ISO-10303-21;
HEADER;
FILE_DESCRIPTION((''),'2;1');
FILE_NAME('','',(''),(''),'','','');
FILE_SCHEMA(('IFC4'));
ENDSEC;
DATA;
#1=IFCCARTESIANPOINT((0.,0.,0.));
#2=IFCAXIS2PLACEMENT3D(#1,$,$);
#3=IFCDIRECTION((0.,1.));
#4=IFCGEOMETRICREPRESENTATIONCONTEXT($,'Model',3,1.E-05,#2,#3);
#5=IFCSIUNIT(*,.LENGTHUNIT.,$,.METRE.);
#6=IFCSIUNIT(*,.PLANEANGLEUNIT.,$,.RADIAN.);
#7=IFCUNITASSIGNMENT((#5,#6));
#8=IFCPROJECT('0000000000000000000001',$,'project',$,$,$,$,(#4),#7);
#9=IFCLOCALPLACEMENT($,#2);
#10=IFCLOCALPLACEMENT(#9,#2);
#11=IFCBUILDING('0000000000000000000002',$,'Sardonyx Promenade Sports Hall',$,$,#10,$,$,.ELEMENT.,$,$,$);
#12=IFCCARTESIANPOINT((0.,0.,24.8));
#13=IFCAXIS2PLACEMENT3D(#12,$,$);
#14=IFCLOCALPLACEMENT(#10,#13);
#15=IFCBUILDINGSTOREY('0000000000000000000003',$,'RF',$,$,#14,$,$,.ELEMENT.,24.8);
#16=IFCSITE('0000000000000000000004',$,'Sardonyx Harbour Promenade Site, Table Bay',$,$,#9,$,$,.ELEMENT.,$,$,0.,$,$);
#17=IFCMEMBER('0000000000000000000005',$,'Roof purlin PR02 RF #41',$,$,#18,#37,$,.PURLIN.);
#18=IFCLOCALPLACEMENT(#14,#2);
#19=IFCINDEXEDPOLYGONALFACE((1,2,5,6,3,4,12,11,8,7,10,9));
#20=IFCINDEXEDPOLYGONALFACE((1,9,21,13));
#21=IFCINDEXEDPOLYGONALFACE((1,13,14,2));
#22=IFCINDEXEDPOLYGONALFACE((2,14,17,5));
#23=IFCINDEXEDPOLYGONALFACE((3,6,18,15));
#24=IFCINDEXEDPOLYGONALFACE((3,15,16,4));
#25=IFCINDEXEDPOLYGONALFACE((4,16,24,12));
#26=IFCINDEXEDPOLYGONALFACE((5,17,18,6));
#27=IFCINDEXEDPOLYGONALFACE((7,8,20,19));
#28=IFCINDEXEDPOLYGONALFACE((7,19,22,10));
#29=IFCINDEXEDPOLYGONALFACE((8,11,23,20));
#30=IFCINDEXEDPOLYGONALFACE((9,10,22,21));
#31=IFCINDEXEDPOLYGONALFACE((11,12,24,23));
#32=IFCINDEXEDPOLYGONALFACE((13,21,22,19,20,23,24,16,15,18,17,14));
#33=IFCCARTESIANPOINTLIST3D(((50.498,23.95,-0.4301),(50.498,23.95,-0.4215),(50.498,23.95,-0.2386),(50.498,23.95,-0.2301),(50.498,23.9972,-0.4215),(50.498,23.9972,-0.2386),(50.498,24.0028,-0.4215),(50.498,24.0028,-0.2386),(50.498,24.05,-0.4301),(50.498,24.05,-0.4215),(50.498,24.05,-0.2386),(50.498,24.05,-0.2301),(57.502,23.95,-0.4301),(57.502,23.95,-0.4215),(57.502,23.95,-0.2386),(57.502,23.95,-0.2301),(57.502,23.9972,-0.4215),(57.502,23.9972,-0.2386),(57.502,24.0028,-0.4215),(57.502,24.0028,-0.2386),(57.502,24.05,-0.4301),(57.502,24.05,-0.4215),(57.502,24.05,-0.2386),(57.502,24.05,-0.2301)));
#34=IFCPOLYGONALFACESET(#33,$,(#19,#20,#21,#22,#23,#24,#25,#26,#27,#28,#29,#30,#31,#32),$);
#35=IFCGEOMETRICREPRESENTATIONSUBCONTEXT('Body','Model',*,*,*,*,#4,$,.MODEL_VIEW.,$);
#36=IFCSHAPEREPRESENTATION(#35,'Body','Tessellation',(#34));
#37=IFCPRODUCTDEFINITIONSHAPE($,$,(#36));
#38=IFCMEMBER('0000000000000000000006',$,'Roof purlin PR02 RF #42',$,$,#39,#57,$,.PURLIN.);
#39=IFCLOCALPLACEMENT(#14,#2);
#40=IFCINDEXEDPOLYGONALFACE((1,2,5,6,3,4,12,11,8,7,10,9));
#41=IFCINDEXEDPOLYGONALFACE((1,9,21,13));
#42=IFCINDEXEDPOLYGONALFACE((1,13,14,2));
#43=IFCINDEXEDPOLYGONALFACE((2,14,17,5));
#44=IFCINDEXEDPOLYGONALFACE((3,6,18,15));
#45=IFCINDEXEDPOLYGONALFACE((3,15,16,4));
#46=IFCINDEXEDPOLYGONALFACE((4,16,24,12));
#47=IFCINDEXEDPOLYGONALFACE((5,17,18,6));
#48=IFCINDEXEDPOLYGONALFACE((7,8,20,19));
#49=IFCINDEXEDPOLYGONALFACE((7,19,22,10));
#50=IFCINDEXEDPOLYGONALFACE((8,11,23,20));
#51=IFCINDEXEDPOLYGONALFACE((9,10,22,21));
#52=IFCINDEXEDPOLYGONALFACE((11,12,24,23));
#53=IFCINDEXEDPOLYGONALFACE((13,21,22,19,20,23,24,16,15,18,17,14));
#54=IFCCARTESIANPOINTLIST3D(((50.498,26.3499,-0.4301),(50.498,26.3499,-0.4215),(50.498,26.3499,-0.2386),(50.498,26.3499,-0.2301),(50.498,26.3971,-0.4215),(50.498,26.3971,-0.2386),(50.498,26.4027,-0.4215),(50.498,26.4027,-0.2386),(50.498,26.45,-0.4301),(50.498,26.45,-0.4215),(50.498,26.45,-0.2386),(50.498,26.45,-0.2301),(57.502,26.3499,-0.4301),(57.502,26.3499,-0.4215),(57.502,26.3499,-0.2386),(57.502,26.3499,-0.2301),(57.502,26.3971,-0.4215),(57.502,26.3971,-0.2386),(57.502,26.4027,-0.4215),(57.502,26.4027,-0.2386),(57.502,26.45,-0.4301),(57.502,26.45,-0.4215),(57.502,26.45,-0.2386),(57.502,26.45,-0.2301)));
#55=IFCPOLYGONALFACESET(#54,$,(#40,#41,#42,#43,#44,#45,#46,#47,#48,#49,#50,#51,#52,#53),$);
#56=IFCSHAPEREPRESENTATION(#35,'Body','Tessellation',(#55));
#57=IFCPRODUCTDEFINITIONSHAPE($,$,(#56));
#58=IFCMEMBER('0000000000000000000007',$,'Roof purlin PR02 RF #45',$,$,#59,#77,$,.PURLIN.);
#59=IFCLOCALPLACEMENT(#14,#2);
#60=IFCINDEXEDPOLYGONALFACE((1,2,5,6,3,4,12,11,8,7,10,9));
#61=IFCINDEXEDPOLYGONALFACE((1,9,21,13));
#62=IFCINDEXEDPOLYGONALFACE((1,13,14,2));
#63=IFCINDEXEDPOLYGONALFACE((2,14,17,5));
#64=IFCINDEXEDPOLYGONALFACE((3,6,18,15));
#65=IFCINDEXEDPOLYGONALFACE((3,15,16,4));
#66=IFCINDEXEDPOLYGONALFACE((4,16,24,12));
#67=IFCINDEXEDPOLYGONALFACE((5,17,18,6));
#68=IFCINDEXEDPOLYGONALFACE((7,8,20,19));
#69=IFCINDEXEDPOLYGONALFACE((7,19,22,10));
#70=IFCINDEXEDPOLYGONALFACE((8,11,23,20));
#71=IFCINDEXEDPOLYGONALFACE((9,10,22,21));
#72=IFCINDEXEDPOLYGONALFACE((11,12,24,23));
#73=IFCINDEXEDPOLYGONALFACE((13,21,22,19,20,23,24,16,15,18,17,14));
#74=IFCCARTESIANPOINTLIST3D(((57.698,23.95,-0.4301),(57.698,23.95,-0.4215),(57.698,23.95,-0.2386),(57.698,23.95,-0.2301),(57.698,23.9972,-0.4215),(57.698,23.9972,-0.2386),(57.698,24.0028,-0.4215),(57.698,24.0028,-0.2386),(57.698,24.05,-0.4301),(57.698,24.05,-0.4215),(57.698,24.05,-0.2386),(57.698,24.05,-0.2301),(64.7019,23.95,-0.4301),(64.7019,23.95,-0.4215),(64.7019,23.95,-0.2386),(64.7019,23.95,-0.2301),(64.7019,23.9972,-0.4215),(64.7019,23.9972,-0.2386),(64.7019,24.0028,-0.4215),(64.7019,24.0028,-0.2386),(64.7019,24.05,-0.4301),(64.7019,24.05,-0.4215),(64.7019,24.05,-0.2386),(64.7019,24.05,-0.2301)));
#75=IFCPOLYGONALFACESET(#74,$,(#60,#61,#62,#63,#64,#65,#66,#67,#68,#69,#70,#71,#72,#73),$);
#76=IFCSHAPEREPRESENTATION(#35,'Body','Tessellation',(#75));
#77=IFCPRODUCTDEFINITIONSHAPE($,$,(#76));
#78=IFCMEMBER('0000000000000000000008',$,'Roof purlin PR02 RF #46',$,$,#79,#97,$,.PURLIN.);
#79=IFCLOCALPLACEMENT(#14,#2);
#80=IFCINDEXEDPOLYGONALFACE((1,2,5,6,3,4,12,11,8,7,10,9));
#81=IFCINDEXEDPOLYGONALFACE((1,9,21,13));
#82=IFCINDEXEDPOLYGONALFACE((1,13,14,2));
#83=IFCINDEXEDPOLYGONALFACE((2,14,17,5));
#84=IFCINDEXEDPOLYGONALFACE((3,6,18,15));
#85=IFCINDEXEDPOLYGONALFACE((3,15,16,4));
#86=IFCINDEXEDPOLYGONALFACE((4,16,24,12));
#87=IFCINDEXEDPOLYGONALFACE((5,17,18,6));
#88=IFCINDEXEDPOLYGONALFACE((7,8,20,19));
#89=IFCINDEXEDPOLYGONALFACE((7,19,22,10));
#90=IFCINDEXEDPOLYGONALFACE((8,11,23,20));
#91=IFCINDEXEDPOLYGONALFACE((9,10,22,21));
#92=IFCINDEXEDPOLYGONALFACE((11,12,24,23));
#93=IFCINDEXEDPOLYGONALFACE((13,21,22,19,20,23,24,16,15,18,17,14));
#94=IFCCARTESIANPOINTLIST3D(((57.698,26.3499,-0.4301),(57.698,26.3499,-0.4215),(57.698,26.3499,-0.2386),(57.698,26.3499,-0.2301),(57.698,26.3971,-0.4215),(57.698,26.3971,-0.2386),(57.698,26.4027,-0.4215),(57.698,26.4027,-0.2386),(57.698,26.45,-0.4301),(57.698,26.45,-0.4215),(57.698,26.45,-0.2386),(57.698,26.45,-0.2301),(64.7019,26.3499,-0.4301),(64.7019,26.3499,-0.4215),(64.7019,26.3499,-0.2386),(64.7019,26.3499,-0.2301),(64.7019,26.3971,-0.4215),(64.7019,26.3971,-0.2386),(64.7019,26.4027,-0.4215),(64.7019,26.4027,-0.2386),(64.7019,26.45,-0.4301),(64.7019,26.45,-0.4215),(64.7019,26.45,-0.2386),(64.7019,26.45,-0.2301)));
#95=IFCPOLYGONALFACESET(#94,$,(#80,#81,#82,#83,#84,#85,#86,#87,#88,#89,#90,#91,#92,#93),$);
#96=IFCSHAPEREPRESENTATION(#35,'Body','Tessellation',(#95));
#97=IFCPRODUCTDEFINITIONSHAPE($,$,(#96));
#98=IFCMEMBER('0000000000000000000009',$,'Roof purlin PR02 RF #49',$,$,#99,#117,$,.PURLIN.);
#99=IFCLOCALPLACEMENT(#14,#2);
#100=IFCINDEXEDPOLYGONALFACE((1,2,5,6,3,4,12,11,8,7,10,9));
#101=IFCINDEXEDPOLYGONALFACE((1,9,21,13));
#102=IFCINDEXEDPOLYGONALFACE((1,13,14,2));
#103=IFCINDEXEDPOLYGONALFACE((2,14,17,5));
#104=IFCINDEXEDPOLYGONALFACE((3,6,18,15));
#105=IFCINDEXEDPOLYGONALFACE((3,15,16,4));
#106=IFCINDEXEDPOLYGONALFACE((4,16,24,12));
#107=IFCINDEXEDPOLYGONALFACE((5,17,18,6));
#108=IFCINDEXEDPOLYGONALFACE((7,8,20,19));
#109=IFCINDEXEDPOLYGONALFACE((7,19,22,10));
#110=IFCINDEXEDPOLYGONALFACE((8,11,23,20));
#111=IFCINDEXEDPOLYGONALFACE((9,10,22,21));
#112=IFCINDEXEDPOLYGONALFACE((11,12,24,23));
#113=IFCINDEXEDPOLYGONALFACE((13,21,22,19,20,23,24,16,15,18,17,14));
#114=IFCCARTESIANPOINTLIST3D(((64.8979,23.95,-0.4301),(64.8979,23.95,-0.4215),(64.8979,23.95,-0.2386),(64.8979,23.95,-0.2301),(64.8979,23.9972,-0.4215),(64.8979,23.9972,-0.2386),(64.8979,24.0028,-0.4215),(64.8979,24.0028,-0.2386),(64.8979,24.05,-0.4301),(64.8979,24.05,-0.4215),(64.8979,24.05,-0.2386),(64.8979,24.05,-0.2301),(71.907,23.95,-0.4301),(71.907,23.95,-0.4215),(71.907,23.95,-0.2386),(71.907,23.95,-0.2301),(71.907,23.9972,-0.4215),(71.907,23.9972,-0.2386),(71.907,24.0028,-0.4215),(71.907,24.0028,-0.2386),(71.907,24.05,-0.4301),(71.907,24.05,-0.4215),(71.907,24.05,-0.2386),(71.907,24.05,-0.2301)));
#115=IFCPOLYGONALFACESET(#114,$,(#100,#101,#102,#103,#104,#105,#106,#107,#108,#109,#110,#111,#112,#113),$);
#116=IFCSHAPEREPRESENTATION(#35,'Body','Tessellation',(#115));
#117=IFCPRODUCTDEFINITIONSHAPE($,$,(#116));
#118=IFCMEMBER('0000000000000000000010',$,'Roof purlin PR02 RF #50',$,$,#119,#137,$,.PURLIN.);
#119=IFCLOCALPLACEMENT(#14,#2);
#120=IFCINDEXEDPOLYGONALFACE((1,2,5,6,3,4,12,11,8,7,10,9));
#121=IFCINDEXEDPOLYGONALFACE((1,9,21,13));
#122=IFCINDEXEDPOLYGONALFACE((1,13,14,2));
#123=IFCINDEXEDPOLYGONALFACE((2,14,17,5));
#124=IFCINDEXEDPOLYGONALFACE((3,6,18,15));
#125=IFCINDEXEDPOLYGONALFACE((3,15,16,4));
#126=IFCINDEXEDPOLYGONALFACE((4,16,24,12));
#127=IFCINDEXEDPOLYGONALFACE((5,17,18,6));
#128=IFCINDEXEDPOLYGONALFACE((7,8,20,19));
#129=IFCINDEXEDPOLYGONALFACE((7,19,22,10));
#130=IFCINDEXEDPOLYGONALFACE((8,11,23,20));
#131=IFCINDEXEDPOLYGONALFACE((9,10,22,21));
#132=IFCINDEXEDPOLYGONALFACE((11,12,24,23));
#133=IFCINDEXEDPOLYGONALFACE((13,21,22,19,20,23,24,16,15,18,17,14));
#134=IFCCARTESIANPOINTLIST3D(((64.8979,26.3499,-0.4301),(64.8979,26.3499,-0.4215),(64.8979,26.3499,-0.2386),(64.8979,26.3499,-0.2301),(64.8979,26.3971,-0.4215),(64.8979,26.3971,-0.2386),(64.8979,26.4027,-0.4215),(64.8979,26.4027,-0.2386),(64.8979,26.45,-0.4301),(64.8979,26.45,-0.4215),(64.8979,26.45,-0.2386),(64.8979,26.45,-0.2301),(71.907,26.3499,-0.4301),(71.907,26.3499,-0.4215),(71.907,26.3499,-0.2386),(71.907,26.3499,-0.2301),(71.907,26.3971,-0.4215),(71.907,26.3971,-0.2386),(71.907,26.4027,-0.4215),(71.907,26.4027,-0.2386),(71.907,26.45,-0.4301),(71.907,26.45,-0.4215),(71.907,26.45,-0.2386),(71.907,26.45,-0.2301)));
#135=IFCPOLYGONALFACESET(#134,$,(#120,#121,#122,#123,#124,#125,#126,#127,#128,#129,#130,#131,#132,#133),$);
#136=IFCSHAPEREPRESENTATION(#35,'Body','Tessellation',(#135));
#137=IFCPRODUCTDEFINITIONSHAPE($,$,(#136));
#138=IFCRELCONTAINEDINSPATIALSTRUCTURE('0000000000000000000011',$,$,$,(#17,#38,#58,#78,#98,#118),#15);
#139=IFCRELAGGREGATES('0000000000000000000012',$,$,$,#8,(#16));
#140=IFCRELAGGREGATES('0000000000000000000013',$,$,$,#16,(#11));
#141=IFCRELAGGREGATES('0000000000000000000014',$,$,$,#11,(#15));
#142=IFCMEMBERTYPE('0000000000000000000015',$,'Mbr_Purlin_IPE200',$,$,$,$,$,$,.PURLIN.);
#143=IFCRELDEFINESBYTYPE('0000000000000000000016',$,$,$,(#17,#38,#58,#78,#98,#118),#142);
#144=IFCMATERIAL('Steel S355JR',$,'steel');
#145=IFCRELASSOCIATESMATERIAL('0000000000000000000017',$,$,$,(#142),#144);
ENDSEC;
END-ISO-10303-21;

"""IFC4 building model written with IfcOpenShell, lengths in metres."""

from ifc_helpers import new_model, si_unit, direction, frame, origin, origin_2d, place, context, subcontext, project, spatial, i_section, extrude, material, material_profile, profile_set, type_object, element, save


model = new_model("IFC4")

# Units and contexts
model_context = context("Model", 3, precision=1e-05, world=origin(), true_north=direction((0.0, 1.0)))
body_context = subcontext(model_context, "Body", "Model", "MODEL_VIEW")
ifc_project = project(units=[si_unit("LENGTHUNIT", "METRE"), si_unit("PLANEANGLEUNIT", "RADIAN")], contexts=[model_context])

# Site, building, storey
site_placement = place(None, origin())
site = spatial("IfcSite", under=ifc_project, at=site_placement, Name="Sardonyx Harbour Promenade Site, Table Bay", CompositionType="ELEMENT", RefElevation=0.0)
building_placement = place(site_placement, origin())
building = spatial("IfcBuilding", under=site, at=building_placement, Name="Sardonyx Promenade Sports Hall", CompositionType="ELEMENT")
storey_placement = place(building_placement, frame((0.0, 0.0, 24.8)))
storey = spatial("IfcBuildingStorey", under=building, at=storey_placement, Name="RF", CompositionType="ELEMENT", Elevation=24.8)

# Members
ifc_material_1 = material(Name="Steel S355JR", Category="steel")
ifc_material_profile_1 = material_profile(ifc_material_1, i_section(OverallWidth=0.1001, OverallDepth=0.2, WebThickness=0.0056, FlangeThickness=0.0085, at=origin_2d()))
ifc_profile_set_1 = profile_set([ifc_material_profile_1], Name="Steel S355JR")
member_type = type_object("IfcMemberType", Name="Mbr_Purlin_IPE200", PredefinedType="PURLIN", material=ifc_profile_set_1)
for number, where, z_axis, x_axis, name in (
    (1, (50.498, 24.0, -0.3301), (1.0, 0.0, 0.0), (0.0, 1.0, 0.0), "Roof purlin PR02 RF #41"),
    (2, (50.498, 26.3999, -0.3301), (1.0, 0.0, 0.0), (0.0, 1.0, 0.0), "Roof purlin PR02 RF #42"),
    (3, (57.698, 24.0, -0.3301), (1.0, 0.0, 0.0), (0.0, 1.0, 0.0), "Roof purlin PR02 RF #45"),
    (4, (57.698, 26.3999, -0.3301), (1.0, 0.0, 0.0), (0.0, 1.0, 0.0), "Roof purlin PR02 RF #46"),
):
    element("IfcMember", number, at=place(storey_placement, frame(where, z_axis=z_axis, x_axis=x_axis)), inside=storey, type_object=member_type, Name=name, PredefinedType="PURLIN", context=body_context, shape_type="SweptSolid", body=[
        extrude(i_section(OverallWidth=0.1001, OverallDepth=0.2, WebThickness=0.0056, FlangeThickness=0.0085, at=origin_2d()), origin(), (0.0, 0.0, 1.0), 7.0039),
    ])
for number, where, z_axis, x_axis, name in (
    (5, (64.8979, 24.0, -0.3301), (1.0, 0.0, 0.0), (0.0, 1.0, 0.0), "Roof purlin PR02 RF #49"),
    (6, (64.8979, 26.3999, -0.3301), (1.0, 0.0, 0.0), (0.0, 1.0, 0.0), "Roof purlin PR02 RF #50"),
):
    element("IfcMember", number, at=place(storey_placement, frame(where, z_axis=z_axis, x_axis=x_axis)), inside=storey, type_object=member_type, Name=name, PredefinedType="PURLIN", context=body_context, shape_type="SweptSolid", body=[
        extrude(i_section(OverallWidth=0.1001, OverallDepth=0.2, WebThickness=0.0056, FlangeThickness=0.0085, at=origin_2d()), origin(), (0.0, 0.0, 1.0), 7.009),
    ])

save(model, "model.ifc")
